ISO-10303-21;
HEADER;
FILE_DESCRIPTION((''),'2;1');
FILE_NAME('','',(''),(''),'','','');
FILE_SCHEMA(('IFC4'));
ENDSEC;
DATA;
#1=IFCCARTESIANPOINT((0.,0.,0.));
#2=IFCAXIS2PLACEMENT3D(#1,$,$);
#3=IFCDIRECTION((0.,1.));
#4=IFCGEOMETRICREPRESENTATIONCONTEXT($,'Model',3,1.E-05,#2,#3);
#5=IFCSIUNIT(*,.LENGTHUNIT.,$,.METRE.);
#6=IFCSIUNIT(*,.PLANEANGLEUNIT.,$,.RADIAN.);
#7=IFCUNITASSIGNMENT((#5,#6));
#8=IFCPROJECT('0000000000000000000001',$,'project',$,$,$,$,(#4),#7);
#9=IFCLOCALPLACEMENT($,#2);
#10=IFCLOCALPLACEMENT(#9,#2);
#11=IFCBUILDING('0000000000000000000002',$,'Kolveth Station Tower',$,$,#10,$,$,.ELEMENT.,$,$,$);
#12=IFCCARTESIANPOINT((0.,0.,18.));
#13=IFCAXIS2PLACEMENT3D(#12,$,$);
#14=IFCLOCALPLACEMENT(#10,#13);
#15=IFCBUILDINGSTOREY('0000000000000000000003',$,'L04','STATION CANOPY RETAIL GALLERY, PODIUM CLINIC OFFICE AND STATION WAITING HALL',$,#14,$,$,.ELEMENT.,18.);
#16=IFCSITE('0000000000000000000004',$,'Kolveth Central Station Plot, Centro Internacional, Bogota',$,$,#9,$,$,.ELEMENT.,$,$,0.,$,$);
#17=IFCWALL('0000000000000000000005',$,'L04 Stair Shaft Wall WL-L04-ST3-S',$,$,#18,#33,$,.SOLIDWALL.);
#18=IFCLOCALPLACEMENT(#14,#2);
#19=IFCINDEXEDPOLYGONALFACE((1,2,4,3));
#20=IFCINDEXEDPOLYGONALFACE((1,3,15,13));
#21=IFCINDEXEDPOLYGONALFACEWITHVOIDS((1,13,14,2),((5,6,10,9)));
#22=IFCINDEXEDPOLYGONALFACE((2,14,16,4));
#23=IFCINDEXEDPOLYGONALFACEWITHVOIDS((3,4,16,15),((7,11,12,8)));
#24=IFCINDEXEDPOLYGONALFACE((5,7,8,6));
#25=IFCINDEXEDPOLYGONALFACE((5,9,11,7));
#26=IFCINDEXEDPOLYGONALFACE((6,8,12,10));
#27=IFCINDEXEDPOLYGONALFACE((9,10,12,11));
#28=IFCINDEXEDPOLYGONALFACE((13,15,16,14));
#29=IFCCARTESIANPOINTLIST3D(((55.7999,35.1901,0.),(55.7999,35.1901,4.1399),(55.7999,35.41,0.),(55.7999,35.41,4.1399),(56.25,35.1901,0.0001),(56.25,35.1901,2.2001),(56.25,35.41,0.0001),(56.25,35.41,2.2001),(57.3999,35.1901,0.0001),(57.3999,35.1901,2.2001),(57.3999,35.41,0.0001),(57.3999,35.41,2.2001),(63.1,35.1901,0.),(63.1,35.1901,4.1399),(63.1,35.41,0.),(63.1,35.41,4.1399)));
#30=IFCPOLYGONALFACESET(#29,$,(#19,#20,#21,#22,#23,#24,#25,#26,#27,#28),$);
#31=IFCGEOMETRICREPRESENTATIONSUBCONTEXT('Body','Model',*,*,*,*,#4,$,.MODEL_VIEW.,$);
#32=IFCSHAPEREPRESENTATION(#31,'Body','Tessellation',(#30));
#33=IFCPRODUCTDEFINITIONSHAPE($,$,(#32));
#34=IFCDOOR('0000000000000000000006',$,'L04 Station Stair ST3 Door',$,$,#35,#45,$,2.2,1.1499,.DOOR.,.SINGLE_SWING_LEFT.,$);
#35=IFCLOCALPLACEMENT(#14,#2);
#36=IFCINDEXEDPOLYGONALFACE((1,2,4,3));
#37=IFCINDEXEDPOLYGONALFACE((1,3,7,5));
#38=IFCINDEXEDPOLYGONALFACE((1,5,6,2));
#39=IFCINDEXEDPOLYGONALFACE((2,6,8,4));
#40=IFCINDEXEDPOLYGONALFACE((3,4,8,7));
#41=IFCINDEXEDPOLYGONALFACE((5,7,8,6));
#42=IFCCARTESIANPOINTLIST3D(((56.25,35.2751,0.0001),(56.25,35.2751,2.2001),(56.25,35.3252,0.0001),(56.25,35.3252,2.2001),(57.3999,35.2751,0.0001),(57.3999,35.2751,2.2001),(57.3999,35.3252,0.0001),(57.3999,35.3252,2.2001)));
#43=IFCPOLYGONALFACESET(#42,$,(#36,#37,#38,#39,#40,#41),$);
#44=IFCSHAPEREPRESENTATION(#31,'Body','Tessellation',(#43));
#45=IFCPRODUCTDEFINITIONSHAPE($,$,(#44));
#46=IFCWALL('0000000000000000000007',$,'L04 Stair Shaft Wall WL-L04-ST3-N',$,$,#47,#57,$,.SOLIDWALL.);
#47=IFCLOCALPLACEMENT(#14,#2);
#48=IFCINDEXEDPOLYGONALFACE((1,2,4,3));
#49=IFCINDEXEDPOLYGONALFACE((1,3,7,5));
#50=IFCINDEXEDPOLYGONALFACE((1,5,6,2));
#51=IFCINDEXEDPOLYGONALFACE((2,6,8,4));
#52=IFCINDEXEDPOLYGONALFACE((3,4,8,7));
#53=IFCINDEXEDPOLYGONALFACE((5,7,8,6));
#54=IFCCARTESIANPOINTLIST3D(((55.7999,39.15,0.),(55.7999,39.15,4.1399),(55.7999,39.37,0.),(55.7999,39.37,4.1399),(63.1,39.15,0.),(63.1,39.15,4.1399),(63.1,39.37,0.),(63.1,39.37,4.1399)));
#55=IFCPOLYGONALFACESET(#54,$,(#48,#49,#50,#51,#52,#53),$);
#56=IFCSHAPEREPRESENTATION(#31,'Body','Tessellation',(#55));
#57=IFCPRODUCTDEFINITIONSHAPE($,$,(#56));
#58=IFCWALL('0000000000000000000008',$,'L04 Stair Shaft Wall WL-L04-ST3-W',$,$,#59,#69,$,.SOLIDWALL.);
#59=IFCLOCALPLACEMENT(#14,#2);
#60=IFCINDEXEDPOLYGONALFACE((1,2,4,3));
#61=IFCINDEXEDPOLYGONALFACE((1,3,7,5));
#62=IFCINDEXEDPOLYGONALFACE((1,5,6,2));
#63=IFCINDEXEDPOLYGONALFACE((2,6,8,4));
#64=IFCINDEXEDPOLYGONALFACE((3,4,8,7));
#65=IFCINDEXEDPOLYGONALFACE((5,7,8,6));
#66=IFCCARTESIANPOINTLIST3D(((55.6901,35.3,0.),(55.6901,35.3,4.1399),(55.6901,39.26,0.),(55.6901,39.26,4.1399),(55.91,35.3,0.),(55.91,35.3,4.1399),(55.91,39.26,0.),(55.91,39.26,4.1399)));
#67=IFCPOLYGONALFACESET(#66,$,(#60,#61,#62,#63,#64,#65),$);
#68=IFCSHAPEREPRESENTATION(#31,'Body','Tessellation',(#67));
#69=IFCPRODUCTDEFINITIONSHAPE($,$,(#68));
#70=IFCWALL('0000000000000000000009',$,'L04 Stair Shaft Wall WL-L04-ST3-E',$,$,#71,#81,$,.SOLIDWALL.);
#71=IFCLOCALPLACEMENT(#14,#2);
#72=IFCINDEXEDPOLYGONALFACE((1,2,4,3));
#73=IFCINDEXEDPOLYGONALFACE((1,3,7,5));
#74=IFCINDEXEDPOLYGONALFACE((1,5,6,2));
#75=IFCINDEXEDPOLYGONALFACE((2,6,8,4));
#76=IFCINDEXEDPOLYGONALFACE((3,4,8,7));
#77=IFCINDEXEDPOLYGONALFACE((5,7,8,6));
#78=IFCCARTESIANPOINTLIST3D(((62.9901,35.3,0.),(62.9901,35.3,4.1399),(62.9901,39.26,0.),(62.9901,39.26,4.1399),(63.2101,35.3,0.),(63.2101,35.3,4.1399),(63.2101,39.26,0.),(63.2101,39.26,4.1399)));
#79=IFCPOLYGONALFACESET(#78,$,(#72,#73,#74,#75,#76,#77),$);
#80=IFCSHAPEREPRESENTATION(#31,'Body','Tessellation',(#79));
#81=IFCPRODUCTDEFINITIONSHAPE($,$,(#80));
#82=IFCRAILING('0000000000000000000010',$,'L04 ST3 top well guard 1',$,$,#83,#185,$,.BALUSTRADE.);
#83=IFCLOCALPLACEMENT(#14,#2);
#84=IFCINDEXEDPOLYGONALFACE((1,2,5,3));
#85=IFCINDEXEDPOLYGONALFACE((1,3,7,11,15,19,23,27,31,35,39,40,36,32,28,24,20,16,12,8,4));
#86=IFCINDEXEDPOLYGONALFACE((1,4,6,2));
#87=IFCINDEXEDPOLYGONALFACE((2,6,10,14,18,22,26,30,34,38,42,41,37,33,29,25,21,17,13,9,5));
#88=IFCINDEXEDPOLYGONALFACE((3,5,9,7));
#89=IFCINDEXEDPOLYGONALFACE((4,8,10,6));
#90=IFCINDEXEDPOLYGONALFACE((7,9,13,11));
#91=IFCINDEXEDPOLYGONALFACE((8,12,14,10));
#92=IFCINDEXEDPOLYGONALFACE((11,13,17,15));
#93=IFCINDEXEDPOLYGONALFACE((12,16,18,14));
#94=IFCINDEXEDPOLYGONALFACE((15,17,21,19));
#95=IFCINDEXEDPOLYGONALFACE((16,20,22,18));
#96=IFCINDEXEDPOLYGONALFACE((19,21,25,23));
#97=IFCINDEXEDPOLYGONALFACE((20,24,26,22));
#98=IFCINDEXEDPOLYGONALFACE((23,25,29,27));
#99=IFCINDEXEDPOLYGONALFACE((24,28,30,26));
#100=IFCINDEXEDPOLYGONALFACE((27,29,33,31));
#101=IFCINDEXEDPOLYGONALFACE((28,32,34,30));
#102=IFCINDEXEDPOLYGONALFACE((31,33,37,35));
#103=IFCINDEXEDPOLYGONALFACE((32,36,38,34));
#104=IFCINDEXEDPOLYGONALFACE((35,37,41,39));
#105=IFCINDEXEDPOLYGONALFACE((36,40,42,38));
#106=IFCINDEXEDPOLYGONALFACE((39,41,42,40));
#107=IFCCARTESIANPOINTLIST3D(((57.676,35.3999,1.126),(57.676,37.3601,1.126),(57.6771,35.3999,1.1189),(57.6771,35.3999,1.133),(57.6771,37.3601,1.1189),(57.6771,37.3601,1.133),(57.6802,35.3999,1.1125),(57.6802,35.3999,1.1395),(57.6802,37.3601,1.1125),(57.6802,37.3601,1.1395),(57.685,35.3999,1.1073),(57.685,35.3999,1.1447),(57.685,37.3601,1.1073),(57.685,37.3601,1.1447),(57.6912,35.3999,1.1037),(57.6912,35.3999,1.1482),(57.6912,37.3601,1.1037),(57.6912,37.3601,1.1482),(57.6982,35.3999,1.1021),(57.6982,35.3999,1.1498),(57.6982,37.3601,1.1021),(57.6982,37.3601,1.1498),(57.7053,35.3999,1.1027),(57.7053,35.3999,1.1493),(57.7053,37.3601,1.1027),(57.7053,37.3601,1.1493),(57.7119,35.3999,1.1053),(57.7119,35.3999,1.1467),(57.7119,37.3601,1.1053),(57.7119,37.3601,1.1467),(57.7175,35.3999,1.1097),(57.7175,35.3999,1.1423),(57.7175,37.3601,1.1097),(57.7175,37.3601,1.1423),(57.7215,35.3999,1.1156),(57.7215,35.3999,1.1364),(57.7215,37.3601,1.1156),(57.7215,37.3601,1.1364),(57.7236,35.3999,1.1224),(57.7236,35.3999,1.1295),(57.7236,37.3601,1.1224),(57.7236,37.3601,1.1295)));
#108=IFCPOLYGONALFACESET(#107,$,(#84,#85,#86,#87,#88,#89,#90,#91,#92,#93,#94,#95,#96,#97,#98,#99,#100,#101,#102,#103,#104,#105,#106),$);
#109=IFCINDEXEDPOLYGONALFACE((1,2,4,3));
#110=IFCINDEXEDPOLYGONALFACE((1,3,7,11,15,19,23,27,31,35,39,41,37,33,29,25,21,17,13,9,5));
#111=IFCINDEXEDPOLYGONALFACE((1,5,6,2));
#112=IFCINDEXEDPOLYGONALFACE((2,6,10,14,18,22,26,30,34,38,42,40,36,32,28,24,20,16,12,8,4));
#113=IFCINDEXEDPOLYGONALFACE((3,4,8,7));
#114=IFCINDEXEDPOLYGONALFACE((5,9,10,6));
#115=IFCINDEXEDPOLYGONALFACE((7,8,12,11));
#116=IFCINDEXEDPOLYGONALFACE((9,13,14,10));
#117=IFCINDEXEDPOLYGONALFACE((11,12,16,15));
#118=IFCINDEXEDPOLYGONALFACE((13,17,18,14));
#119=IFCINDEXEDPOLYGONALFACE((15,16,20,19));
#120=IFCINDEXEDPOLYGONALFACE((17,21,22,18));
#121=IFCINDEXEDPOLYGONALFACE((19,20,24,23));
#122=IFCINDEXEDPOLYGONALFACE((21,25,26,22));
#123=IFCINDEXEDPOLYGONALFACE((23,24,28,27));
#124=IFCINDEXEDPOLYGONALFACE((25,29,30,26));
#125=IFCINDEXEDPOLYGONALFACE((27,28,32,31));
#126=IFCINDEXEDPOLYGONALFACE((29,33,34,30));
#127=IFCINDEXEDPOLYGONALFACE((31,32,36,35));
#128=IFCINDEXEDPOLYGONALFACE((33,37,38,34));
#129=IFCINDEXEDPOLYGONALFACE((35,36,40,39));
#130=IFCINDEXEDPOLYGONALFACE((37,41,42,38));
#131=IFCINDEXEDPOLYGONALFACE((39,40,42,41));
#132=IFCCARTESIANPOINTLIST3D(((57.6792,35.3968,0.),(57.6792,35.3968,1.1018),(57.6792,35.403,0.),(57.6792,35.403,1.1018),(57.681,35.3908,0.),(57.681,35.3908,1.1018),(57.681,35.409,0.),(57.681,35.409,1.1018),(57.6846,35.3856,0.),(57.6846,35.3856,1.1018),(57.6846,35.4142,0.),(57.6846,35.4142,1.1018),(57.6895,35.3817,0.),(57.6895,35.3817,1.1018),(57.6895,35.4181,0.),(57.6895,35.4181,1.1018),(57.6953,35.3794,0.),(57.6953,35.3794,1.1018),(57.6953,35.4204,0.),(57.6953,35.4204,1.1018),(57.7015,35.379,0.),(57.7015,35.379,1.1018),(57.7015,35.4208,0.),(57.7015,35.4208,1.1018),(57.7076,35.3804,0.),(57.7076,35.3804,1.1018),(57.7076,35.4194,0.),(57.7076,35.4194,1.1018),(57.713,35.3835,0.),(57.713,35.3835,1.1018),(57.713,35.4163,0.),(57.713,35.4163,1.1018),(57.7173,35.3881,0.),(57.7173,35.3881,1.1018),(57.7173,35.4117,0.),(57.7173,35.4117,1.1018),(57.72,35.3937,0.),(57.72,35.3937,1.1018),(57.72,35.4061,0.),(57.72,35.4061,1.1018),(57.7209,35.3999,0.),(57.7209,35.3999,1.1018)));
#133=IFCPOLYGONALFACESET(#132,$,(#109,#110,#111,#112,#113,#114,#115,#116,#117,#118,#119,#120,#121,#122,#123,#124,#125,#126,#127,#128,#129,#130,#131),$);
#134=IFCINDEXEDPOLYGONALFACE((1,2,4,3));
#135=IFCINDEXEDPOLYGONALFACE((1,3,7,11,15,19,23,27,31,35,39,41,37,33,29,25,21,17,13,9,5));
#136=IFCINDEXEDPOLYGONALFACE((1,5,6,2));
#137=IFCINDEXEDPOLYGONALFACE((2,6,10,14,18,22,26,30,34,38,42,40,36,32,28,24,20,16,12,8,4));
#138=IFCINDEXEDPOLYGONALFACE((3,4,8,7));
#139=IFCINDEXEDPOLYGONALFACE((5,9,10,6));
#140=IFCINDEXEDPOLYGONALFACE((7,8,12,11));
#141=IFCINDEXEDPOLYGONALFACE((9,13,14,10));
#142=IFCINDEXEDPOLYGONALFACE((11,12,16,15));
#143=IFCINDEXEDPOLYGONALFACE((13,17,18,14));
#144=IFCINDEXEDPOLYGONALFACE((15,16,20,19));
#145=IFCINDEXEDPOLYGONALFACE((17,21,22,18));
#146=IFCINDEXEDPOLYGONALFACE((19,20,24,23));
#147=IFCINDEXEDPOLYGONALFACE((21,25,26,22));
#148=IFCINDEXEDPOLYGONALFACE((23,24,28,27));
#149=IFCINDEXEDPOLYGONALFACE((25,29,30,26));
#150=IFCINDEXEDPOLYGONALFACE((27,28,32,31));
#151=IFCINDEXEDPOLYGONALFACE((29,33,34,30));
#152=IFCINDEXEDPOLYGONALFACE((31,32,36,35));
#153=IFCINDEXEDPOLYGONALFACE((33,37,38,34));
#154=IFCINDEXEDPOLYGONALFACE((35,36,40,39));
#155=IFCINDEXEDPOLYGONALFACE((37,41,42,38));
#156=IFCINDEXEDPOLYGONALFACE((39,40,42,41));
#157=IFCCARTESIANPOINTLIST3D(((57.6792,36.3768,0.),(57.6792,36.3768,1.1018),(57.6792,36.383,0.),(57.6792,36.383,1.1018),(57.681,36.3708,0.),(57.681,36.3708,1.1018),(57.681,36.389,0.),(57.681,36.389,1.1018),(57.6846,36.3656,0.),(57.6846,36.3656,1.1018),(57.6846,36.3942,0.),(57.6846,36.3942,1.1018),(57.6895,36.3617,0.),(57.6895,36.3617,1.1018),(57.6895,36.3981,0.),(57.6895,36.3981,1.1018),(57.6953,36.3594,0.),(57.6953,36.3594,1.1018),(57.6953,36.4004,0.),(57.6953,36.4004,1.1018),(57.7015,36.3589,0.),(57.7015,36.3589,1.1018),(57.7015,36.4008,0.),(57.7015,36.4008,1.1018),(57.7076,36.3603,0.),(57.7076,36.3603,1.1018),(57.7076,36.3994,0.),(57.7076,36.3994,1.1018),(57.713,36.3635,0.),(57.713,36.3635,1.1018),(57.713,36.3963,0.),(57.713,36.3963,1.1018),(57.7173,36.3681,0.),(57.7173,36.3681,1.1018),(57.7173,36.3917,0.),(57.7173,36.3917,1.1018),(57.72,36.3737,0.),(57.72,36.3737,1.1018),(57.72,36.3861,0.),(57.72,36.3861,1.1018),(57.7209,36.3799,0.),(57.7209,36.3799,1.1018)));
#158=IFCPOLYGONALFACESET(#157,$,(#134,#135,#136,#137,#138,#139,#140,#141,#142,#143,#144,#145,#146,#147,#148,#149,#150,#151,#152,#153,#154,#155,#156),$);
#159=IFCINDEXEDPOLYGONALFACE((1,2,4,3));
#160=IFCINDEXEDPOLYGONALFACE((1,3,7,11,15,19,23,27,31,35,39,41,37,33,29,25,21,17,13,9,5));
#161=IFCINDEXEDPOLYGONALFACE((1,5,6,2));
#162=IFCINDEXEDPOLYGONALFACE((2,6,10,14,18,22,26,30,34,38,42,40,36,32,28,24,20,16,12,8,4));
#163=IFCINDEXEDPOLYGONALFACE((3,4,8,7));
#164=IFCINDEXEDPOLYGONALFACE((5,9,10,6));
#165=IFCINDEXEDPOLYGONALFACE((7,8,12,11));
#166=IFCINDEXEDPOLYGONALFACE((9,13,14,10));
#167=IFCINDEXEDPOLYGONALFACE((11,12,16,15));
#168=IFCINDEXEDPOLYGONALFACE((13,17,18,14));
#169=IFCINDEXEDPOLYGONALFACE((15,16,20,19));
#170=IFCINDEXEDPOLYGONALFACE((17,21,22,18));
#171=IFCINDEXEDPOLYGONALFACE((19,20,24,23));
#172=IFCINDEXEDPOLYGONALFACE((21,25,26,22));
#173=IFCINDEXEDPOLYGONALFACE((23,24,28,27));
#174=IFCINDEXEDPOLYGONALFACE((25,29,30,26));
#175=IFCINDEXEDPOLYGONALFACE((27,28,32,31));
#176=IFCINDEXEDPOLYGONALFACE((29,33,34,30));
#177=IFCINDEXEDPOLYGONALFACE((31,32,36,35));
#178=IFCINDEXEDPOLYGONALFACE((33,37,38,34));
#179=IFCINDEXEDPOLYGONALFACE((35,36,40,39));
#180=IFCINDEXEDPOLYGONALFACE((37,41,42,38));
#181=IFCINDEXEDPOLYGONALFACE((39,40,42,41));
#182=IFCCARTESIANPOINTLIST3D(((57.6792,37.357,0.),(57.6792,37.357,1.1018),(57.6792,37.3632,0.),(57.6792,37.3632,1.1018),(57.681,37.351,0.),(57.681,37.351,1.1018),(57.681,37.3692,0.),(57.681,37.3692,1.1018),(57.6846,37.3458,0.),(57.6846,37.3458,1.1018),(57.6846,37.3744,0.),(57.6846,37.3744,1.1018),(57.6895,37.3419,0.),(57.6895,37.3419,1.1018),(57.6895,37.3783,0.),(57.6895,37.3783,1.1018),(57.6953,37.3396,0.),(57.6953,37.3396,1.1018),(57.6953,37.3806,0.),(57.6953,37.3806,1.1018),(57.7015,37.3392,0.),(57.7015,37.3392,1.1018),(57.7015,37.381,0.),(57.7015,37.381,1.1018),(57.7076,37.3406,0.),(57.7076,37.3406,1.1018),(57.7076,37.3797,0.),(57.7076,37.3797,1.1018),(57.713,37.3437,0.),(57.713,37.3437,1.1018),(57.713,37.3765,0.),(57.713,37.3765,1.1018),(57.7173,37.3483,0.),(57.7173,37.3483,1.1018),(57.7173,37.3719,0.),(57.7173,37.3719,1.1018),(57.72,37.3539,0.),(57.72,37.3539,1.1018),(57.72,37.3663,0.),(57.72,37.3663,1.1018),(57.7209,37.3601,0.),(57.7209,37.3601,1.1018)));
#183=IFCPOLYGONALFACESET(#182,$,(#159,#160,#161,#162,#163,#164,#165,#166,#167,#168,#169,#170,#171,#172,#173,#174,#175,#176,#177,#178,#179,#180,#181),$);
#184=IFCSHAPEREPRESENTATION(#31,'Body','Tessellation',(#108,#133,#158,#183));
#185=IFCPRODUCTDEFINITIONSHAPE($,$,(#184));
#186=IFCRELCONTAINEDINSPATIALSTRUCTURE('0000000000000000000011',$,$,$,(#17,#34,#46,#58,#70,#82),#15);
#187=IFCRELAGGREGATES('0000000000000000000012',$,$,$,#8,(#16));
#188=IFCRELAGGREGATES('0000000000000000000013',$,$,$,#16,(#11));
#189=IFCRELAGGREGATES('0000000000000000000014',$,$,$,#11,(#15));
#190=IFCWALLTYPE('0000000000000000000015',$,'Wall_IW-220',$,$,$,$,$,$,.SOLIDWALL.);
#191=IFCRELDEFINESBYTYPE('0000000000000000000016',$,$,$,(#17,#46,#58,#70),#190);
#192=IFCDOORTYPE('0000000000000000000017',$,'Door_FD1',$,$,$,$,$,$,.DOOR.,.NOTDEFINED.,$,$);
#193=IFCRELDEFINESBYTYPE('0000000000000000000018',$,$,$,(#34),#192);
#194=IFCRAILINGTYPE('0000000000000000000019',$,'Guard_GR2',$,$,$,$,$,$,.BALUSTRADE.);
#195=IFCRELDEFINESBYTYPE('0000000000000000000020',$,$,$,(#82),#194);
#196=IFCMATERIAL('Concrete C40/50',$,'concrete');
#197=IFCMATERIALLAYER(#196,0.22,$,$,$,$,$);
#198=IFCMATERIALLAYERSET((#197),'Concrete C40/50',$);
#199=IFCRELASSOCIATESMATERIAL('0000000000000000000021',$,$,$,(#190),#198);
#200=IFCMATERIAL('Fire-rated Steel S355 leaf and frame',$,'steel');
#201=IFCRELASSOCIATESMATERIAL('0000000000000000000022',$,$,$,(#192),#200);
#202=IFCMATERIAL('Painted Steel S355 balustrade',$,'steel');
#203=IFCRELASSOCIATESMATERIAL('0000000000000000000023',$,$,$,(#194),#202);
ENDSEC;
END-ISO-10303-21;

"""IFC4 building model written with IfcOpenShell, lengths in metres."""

from ifc_helpers import new_model, si_unit, direction, frame, frame_2d, origin, origin_2d, place, context, subcontext, project, spatial, rectangle, circle, extrude, material, layer, layer_set, type_object, element, fill, save


model = new_model("IFC4")

# Units and contexts
model_context = context("Model", 3, precision=1e-05, world=origin(), true_north=direction((0.0, 1.0)))
body_context = subcontext(model_context, "Body", "Model", "MODEL_VIEW")
ifc_project = project(units=[si_unit("LENGTHUNIT", "METRE"), si_unit("PLANEANGLEUNIT", "RADIAN")], contexts=[model_context])

# Site, building, storey
site_placement = place(None, origin())
site = spatial("IfcSite", under=ifc_project, at=site_placement, Name="Kolveth Central Station Plot, Centro Internacional, Bogota", CompositionType="ELEMENT", RefElevation=0.0)
building_placement = place(site_placement, origin())
building = spatial("IfcBuilding", under=site, at=building_placement, Name="Kolveth Station Tower", CompositionType="ELEMENT")
storey_placement = place(building_placement, frame((0.0, 0.0, 18.0)))
storey = spatial("IfcBuildingStorey", under=building, at=storey_placement, Name="L04", Description="STATION CANOPY RETAIL GALLERY, PODIUM CLINIC OFFICE AND STATION WAITING HALL", CompositionType="ELEMENT", Elevation=18.0)

# Wall, opening, door
ifc_material_1 = material(Name="Concrete C40/50", Category="concrete")
ifc_layer_1 = layer(ifc_material_1, 0.22)
ifc_layer_set_1 = layer_set([ifc_layer_1], Name="Concrete C40/50")
wall_type_1 = type_object("IfcWallType", Name="Wall_IW-220", PredefinedType="SOLIDWALL", material=ifc_layer_set_1)
wall_1_placement = place(storey_placement, frame((55.8, 35.3, 0.0), z_axis=(0.0, 0.0, 1.0), x_axis=(1.0, 0.0, 0.0)))
wall_1 = element("IfcWall", 1, at=wall_1_placement, inside=storey, type_object=wall_type_1, Name="L04 Stair Shaft Wall WL-L04-ST3-S", PredefinedType="SOLIDWALL", context=body_context, shape_type="SweptSolid", body=[
    extrude(rectangle(XDim=7.3, YDim=0.22, at=frame_2d((3.6499, 0.0))), origin(), (0.0, 0.0, 1.0), 4.1399),
])
opening_placement = place(wall_1_placement, frame((0.45, 0.0, 0.0)))
opening = element("IfcOpeningElement", 2, at=opening_placement, cuts=wall_1, PredefinedType="OPENING", context=body_context, shape_type="SweptSolid", body=[
    extrude(rectangle(XDim=1.1499, YDim=2.2, at=frame_2d((0.575, 1.1001))), frame((0.0, 0.1199, 0.0), z_axis=(0.0, -1.0, 0.0), x_axis=(1.0, 0.0, 0.0)), (0.0, 0.0, 1.0), 0.24),
])
ifc_material_2 = material(Name="Fire-rated Steel S355 leaf and frame", Category="steel")
door_type = type_object("IfcDoorType", Name="Door_FD1", OperationType="NOTDEFINED", PredefinedType="DOOR", material=ifc_material_2)
door_placement = place(opening_placement, frame((1.1499, 0.0, 0.0), z_axis=(0.0, 0.0, 1.0), x_axis=(-1.0, 0.0, 0.0)))
door = element("IfcDoor", 3, at=door_placement, inside=storey, type_object=door_type, Name="L04 Station Stair ST3 Door", OperationType="SINGLE_SWING_LEFT", OverallHeight=2.2, OverallWidth=1.1499, PredefinedType="DOOR", context=body_context, shape_type="SweptSolid", body=[
    extrude(rectangle(XDim=1.1499, YDim=2.2, at=frame_2d((0.575, 1.1001))), frame((0.0, 0.0249, 0.0), z_axis=(0.0, -1.0, 0.0), x_axis=(1.0, 0.0, 0.0)), (0.0, 0.0, 1.0), 0.05),
])
fill(opening, door)

# Walls
wall_2_placement = place(storey_placement, frame((55.8, 39.26, 0.0), z_axis=(0.0, 0.0, 1.0), x_axis=(1.0, 0.0, 0.0)))
element("IfcWall", 4, at=wall_2_placement, inside=storey, type_object=wall_type_1, Name="L04 Stair Shaft Wall WL-L04-ST3-N", PredefinedType="SOLIDWALL", context=body_context, shape_type="SweptSolid", body=[
    extrude(rectangle(XDim=7.3, YDim=0.22, at=frame_2d((3.6499, 0.0))), origin(), (0.0, 0.0, 1.0), 4.1399),
])
for number, where, z_axis, x_axis, name in (
    (5, (55.8, 35.3, 0.0), (0.0, 0.0, 1.0), (0.0, 1.0, 0.0), "L04 Stair Shaft Wall WL-L04-ST3-W"),
    (6, (63.1001, 35.3, 0.0), (0.0, 0.0, 1.0), (0.0, 1.0, 0.0), "L04 Stair Shaft Wall WL-L04-ST3-E"),
):
    element("IfcWall", number, at=place(storey_placement, frame(where, z_axis=z_axis, x_axis=x_axis)), inside=storey, type_object=wall_type_1, Name=name, PredefinedType="SOLIDWALL", context=body_context, shape_type="SweptSolid", body=[
        extrude(rectangle(XDim=3.96, YDim=0.22, at=frame_2d((1.98, 0.0))), origin(), (0.0, 0.0, 1.0), 4.1399),
    ])

# Railing
ifc_material_3 = material(Name="Painted Steel S355 balustrade", Category="steel")
railing_type = type_object("IfcRailingType", Name="Guard_GR2", PredefinedType="BALUSTRADE", material=ifc_material_3)
railing_placement = place(storey_placement, frame((57.7, 35.3999, 0.0)))
element("IfcRailing", 7, at=railing_placement, inside=storey, type_object=railing_type, Name="L04 ST3 top well guard 1", PredefinedType="BALUSTRADE", context=body_context, shape_type="SweptSolid", body=[
    extrude(circle(Radius=0.0239, at=origin_2d()), frame((0.0, 0.0, 1.126), z_axis=(0.0, 1.0, 0.0), x_axis=(-1.0, 0.0, 0.0)), (0.0, 0.0, 1.0), 1.9602),
    extrude(circle(Radius=0.021, at=origin_2d()), origin(), (0.0, 0.0, 1.0), 1.1018),
    extrude(circle(Radius=0.021, at=origin_2d()), frame((0.0, 0.98, 0.0)), (0.0, 0.0, 1.0), 1.1018),
    extrude(circle(Radius=0.021, at=origin_2d()), frame((0.0, 1.9602, 0.0)), (0.0, 0.0, 1.0), 1.1018),
])

save(model, "model.ifc")
